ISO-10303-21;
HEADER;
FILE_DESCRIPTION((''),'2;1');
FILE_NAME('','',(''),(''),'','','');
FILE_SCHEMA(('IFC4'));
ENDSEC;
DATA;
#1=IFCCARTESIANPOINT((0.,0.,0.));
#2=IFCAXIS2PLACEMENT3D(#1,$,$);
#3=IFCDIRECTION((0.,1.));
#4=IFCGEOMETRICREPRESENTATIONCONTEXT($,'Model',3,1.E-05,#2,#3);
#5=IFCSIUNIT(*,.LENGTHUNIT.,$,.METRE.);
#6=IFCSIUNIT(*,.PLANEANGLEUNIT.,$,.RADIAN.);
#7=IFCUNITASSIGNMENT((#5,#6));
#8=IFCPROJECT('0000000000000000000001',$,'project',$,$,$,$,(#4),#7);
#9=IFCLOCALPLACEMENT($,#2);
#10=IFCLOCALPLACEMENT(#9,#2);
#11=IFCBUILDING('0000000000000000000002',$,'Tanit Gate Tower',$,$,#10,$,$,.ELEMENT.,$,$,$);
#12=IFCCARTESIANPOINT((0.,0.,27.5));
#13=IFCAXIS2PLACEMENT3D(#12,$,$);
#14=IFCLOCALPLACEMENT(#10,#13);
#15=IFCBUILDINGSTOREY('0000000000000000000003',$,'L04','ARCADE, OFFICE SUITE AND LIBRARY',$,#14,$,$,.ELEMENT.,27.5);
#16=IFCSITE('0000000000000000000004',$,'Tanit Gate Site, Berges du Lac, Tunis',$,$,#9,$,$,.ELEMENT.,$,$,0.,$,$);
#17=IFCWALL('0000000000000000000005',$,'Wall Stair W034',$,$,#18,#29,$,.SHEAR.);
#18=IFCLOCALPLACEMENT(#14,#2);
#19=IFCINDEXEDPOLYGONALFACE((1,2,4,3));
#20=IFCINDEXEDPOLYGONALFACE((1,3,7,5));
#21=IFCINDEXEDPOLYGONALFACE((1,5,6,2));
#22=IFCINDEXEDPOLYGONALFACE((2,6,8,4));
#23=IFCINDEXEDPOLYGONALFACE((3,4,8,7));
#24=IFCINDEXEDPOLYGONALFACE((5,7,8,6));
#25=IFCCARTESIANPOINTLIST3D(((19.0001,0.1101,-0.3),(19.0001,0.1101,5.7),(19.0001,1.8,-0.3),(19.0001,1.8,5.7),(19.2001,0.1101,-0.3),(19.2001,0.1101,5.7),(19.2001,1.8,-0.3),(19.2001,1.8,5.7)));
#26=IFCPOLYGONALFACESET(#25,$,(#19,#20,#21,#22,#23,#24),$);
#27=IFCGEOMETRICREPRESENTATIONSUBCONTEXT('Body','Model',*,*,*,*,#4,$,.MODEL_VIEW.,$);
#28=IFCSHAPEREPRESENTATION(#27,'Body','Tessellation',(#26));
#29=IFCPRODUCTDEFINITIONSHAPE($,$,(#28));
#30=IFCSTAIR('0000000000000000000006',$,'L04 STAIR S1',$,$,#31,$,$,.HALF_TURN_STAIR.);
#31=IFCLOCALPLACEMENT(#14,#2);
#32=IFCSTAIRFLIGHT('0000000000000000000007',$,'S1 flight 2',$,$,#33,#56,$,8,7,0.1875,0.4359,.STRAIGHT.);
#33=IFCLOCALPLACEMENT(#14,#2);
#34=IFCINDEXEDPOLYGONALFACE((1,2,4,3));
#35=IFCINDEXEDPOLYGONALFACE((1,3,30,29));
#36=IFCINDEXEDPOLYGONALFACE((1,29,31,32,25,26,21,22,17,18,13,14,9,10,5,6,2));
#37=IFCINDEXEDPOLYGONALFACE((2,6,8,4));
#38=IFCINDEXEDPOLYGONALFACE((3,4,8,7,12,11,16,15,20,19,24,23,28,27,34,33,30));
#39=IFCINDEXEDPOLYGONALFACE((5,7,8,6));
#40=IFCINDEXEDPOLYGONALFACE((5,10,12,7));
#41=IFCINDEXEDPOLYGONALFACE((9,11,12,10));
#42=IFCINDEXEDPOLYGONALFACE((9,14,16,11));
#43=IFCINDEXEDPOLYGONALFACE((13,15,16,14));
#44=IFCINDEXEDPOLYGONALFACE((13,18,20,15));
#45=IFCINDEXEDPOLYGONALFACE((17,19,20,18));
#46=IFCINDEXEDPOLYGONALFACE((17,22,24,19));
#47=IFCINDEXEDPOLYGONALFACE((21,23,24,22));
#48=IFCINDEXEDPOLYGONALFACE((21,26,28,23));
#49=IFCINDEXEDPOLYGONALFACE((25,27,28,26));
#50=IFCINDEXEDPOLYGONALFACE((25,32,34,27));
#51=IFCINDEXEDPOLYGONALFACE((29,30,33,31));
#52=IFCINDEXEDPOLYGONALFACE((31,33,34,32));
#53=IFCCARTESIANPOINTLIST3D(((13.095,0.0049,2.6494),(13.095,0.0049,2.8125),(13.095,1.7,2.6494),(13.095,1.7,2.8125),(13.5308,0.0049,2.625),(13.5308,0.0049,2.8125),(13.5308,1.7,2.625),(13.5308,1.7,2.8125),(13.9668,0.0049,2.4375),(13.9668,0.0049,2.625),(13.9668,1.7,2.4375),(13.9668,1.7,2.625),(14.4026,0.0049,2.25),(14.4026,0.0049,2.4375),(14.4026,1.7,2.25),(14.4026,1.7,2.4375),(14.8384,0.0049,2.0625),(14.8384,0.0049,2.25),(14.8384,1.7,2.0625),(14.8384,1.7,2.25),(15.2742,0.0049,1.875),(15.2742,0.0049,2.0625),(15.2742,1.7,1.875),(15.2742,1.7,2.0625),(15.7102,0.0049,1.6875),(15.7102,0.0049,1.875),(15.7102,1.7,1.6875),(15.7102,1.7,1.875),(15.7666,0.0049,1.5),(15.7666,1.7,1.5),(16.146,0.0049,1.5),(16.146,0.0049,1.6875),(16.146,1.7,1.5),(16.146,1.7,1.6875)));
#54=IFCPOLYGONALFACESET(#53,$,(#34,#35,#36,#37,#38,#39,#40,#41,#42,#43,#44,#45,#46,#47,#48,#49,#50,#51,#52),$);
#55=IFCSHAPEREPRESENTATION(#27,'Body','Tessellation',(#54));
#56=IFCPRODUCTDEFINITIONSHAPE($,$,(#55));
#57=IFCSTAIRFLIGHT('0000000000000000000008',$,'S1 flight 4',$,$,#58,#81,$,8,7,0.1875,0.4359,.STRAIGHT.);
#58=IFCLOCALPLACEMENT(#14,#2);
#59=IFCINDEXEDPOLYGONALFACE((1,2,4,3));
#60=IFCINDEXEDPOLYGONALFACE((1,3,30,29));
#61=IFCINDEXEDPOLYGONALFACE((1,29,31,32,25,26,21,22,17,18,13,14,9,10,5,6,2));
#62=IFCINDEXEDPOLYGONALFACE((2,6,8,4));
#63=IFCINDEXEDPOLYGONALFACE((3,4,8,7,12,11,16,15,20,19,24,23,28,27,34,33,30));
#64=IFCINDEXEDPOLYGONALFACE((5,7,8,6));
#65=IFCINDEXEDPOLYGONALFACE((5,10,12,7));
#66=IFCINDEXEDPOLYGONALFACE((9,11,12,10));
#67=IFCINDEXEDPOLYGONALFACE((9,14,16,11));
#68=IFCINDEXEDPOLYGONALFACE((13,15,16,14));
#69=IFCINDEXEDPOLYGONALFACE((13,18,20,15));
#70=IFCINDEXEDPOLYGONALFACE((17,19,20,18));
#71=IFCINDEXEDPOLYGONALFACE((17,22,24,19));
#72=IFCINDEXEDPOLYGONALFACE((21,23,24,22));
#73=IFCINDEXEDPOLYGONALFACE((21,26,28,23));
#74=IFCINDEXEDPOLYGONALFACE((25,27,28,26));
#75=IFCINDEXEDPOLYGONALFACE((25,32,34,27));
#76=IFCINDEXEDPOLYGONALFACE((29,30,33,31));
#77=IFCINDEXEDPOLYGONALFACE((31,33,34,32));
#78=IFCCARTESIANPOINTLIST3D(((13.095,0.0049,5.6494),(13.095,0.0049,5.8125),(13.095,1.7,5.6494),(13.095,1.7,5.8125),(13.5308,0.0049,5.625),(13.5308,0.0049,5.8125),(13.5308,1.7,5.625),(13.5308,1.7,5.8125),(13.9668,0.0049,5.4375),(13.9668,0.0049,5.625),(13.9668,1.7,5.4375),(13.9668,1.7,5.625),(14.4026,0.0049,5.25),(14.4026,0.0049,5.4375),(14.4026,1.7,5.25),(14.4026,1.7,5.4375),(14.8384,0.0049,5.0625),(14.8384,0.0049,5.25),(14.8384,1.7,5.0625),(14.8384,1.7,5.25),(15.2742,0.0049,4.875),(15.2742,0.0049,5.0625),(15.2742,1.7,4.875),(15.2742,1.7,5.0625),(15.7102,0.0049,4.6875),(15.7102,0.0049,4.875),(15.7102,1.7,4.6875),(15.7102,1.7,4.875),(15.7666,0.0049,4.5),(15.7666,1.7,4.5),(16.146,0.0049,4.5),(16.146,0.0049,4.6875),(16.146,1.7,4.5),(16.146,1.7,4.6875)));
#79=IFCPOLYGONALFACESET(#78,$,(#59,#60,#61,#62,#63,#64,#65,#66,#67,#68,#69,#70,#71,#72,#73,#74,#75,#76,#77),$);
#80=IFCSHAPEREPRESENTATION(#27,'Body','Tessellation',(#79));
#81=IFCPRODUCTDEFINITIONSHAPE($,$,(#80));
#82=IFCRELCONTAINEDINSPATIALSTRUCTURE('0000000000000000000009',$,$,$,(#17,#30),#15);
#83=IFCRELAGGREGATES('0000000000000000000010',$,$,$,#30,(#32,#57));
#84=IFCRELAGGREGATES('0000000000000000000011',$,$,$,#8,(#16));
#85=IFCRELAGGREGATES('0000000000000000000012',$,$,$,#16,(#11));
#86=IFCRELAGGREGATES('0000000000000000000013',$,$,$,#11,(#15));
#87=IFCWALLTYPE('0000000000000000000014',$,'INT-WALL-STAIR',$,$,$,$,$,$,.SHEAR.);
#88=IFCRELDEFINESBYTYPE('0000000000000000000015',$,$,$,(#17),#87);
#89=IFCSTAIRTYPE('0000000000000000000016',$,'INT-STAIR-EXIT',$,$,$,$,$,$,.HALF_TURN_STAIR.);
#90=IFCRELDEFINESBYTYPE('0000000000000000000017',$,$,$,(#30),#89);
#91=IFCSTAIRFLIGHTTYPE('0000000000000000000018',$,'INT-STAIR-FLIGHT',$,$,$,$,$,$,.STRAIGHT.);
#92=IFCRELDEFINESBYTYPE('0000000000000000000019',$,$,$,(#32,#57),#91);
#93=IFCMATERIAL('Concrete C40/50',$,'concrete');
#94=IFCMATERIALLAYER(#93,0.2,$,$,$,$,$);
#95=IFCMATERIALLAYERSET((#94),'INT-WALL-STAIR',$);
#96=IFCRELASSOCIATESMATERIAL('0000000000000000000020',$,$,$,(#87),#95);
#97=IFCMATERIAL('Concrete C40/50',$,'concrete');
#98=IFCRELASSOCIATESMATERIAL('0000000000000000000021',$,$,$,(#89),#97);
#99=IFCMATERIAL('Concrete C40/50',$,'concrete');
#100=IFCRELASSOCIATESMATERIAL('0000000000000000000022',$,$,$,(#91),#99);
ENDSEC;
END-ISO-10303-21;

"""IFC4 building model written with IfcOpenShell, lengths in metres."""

from ifc_helpers import new_model, si_unit, direction, frame, frame_2d, origin, place, context, subcontext, project, spatial, polyline, rectangle, outline, extrude, material, layer, layer_set, type_object, element, aggregate, save


model = new_model("IFC4")

# Units and contexts
model_context = context("Model", 3, precision=1e-05, world=origin(), true_north=direction((0.0, 1.0)))
body_context = subcontext(model_context, "Body", "Model", "MODEL_VIEW")
ifc_project = project(units=[si_unit("LENGTHUNIT", "METRE"), si_unit("PLANEANGLEUNIT", "RADIAN")], contexts=[model_context])

# Site, building, storey
site_placement = place(None, origin())
site = spatial("IfcSite", under=ifc_project, at=site_placement, Name="Tanit Gate Site, Berges du Lac, Tunis", CompositionType="ELEMENT", RefElevation=0.0)
building_placement = place(site_placement, origin())
building = spatial("IfcBuilding", under=site, at=building_placement, Name="Tanit Gate Tower", CompositionType="ELEMENT")
storey_placement = place(building_placement, frame((0.0, 0.0, 27.5)))
storey = spatial("IfcBuildingStorey", under=building, at=storey_placement, Name="L04", Description="ARCADE, OFFICE SUITE AND LIBRARY", CompositionType="ELEMENT", Elevation=27.5)

# Wall
ifc_material_1 = material(Name="Concrete C40/50", Category="concrete")
ifc_layer_1 = layer(ifc_material_1, 0.2)
ifc_layer_set_1 = layer_set([ifc_layer_1], Name="INT-WALL-STAIR")
wall_type_1 = type_object("IfcWallType", Name="INT-WALL-STAIR", PredefinedType="SHEAR", material=ifc_layer_set_1)
wall_1_placement = place(storey_placement, frame((19.1001, 0.1101, -0.3), z_axis=(0.0, 0.0, 1.0), x_axis=(0.0, 1.0, 0.0)))
element("IfcWall", 1, at=wall_1_placement, inside=storey, type_object=wall_type_1, Name="Wall Stair W034", PredefinedType="SHEAR", context=body_context, shape_type="SweptSolid", body=[
    extrude(rectangle(XDim=1.6899, YDim=0.2, at=frame_2d((0.845, 0.0))), origin(), (0.0, 0.0, 1.0), 6.0),
])

# Stair, stair flights
ifc_material_2 = material(Name="Concrete C40/50", Category="concrete")
stair_type = type_object("IfcStairType", Name="INT-STAIR-EXIT", PredefinedType="HALF_TURN_STAIR", material=ifc_material_2)
stair_placement = place(storey_placement, origin())
stair = element("IfcStair", 2, at=stair_placement, inside=storey, type_object=stair_type, Name="L04 STAIR S1", PredefinedType="HALF_TURN_STAIR")
ifc_material_3 = material(Name="Concrete C40/50", Category="concrete")
stair_flight_type = type_object("IfcStairFlightType", Name="INT-STAIR-FLIGHT", PredefinedType="STRAIGHT", material=ifc_material_3)
stair_flight_1_placement = place(storey_placement, frame((16.146, 0.8525, 1.5), z_axis=(0.0, 0.0, 1.0), x_axis=(-1.0, 0.0, 0.0)))
stair_flight_1 = element("IfcStairFlight", 3, at=stair_flight_1_placement, type_object=stair_flight_type, Name="S1 flight 2", NumberOfRisers=8, NumberOfTreads=7, PredefinedType="STRAIGHT", RiserHeight=0.1875, TreadLength=0.4359, context=body_context, shape_type="SweptSolid", body=[
    extrude(outline(polyline([(0.0, 0.0), (0.0, 0.1875), (0.4358, 0.1875), (0.4358, 0.375), (0.8718, 0.375), (0.8718, 0.5625), (1.3076, 0.5625), (1.3076, 0.75), (1.7434, 0.75), (1.7434, 0.9375), (2.1792, 0.9375), (2.1792, 1.125), (2.6152, 1.125), (2.6152, 1.3125), (3.051, 1.3125), (3.051, 1.5), (3.051, 1.1494), (0.3794, 0.0), (0.0, 0.0)])), frame((0.0, 0.8477, 0.0), z_axis=(0.0, -1.0, 0.0), x_axis=(1.0, 0.0, 0.0)), (0.0, 0.0, 1.0), 1.6951),
])
stair_flight_2_placement = place(storey_placement, frame((16.146, 0.8525, 4.5), z_axis=(0.0, 0.0, 1.0), x_axis=(-1.0, 0.0, 0.0)))
stair_flight_2 = element("IfcStairFlight", 4, at=stair_flight_2_placement, type_object=stair_flight_type, Name="S1 flight 4", NumberOfRisers=8, NumberOfTreads=7, PredefinedType="STRAIGHT", RiserHeight=0.1875, TreadLength=0.4359, context=body_context, shape_type="SweptSolid", body=[
    extrude(outline(polyline([(0.0, 0.0), (0.0, 0.1875), (0.4358, 0.1875), (0.4358, 0.375), (0.8718, 0.375), (0.8718, 0.5625), (1.3076, 0.5625), (1.3076, 0.75), (1.7434, 0.75), (1.7434, 0.9375), (2.1792, 0.9375), (2.1792, 1.125), (2.6152, 1.125), (2.6152, 1.3125), (3.051, 1.3125), (3.051, 1.5), (3.051, 1.1494), (0.3794, 0.0), (0.0, 0.0)])), frame((0.0, 0.8477, 0.0), z_axis=(0.0, -1.0, 0.0), x_axis=(1.0, 0.0, 0.0)), (0.0, 0.0, 1.0), 1.6951),
])
aggregate(stair, [stair_flight_1, stair_flight_2])

save(model, "model.ifc")
